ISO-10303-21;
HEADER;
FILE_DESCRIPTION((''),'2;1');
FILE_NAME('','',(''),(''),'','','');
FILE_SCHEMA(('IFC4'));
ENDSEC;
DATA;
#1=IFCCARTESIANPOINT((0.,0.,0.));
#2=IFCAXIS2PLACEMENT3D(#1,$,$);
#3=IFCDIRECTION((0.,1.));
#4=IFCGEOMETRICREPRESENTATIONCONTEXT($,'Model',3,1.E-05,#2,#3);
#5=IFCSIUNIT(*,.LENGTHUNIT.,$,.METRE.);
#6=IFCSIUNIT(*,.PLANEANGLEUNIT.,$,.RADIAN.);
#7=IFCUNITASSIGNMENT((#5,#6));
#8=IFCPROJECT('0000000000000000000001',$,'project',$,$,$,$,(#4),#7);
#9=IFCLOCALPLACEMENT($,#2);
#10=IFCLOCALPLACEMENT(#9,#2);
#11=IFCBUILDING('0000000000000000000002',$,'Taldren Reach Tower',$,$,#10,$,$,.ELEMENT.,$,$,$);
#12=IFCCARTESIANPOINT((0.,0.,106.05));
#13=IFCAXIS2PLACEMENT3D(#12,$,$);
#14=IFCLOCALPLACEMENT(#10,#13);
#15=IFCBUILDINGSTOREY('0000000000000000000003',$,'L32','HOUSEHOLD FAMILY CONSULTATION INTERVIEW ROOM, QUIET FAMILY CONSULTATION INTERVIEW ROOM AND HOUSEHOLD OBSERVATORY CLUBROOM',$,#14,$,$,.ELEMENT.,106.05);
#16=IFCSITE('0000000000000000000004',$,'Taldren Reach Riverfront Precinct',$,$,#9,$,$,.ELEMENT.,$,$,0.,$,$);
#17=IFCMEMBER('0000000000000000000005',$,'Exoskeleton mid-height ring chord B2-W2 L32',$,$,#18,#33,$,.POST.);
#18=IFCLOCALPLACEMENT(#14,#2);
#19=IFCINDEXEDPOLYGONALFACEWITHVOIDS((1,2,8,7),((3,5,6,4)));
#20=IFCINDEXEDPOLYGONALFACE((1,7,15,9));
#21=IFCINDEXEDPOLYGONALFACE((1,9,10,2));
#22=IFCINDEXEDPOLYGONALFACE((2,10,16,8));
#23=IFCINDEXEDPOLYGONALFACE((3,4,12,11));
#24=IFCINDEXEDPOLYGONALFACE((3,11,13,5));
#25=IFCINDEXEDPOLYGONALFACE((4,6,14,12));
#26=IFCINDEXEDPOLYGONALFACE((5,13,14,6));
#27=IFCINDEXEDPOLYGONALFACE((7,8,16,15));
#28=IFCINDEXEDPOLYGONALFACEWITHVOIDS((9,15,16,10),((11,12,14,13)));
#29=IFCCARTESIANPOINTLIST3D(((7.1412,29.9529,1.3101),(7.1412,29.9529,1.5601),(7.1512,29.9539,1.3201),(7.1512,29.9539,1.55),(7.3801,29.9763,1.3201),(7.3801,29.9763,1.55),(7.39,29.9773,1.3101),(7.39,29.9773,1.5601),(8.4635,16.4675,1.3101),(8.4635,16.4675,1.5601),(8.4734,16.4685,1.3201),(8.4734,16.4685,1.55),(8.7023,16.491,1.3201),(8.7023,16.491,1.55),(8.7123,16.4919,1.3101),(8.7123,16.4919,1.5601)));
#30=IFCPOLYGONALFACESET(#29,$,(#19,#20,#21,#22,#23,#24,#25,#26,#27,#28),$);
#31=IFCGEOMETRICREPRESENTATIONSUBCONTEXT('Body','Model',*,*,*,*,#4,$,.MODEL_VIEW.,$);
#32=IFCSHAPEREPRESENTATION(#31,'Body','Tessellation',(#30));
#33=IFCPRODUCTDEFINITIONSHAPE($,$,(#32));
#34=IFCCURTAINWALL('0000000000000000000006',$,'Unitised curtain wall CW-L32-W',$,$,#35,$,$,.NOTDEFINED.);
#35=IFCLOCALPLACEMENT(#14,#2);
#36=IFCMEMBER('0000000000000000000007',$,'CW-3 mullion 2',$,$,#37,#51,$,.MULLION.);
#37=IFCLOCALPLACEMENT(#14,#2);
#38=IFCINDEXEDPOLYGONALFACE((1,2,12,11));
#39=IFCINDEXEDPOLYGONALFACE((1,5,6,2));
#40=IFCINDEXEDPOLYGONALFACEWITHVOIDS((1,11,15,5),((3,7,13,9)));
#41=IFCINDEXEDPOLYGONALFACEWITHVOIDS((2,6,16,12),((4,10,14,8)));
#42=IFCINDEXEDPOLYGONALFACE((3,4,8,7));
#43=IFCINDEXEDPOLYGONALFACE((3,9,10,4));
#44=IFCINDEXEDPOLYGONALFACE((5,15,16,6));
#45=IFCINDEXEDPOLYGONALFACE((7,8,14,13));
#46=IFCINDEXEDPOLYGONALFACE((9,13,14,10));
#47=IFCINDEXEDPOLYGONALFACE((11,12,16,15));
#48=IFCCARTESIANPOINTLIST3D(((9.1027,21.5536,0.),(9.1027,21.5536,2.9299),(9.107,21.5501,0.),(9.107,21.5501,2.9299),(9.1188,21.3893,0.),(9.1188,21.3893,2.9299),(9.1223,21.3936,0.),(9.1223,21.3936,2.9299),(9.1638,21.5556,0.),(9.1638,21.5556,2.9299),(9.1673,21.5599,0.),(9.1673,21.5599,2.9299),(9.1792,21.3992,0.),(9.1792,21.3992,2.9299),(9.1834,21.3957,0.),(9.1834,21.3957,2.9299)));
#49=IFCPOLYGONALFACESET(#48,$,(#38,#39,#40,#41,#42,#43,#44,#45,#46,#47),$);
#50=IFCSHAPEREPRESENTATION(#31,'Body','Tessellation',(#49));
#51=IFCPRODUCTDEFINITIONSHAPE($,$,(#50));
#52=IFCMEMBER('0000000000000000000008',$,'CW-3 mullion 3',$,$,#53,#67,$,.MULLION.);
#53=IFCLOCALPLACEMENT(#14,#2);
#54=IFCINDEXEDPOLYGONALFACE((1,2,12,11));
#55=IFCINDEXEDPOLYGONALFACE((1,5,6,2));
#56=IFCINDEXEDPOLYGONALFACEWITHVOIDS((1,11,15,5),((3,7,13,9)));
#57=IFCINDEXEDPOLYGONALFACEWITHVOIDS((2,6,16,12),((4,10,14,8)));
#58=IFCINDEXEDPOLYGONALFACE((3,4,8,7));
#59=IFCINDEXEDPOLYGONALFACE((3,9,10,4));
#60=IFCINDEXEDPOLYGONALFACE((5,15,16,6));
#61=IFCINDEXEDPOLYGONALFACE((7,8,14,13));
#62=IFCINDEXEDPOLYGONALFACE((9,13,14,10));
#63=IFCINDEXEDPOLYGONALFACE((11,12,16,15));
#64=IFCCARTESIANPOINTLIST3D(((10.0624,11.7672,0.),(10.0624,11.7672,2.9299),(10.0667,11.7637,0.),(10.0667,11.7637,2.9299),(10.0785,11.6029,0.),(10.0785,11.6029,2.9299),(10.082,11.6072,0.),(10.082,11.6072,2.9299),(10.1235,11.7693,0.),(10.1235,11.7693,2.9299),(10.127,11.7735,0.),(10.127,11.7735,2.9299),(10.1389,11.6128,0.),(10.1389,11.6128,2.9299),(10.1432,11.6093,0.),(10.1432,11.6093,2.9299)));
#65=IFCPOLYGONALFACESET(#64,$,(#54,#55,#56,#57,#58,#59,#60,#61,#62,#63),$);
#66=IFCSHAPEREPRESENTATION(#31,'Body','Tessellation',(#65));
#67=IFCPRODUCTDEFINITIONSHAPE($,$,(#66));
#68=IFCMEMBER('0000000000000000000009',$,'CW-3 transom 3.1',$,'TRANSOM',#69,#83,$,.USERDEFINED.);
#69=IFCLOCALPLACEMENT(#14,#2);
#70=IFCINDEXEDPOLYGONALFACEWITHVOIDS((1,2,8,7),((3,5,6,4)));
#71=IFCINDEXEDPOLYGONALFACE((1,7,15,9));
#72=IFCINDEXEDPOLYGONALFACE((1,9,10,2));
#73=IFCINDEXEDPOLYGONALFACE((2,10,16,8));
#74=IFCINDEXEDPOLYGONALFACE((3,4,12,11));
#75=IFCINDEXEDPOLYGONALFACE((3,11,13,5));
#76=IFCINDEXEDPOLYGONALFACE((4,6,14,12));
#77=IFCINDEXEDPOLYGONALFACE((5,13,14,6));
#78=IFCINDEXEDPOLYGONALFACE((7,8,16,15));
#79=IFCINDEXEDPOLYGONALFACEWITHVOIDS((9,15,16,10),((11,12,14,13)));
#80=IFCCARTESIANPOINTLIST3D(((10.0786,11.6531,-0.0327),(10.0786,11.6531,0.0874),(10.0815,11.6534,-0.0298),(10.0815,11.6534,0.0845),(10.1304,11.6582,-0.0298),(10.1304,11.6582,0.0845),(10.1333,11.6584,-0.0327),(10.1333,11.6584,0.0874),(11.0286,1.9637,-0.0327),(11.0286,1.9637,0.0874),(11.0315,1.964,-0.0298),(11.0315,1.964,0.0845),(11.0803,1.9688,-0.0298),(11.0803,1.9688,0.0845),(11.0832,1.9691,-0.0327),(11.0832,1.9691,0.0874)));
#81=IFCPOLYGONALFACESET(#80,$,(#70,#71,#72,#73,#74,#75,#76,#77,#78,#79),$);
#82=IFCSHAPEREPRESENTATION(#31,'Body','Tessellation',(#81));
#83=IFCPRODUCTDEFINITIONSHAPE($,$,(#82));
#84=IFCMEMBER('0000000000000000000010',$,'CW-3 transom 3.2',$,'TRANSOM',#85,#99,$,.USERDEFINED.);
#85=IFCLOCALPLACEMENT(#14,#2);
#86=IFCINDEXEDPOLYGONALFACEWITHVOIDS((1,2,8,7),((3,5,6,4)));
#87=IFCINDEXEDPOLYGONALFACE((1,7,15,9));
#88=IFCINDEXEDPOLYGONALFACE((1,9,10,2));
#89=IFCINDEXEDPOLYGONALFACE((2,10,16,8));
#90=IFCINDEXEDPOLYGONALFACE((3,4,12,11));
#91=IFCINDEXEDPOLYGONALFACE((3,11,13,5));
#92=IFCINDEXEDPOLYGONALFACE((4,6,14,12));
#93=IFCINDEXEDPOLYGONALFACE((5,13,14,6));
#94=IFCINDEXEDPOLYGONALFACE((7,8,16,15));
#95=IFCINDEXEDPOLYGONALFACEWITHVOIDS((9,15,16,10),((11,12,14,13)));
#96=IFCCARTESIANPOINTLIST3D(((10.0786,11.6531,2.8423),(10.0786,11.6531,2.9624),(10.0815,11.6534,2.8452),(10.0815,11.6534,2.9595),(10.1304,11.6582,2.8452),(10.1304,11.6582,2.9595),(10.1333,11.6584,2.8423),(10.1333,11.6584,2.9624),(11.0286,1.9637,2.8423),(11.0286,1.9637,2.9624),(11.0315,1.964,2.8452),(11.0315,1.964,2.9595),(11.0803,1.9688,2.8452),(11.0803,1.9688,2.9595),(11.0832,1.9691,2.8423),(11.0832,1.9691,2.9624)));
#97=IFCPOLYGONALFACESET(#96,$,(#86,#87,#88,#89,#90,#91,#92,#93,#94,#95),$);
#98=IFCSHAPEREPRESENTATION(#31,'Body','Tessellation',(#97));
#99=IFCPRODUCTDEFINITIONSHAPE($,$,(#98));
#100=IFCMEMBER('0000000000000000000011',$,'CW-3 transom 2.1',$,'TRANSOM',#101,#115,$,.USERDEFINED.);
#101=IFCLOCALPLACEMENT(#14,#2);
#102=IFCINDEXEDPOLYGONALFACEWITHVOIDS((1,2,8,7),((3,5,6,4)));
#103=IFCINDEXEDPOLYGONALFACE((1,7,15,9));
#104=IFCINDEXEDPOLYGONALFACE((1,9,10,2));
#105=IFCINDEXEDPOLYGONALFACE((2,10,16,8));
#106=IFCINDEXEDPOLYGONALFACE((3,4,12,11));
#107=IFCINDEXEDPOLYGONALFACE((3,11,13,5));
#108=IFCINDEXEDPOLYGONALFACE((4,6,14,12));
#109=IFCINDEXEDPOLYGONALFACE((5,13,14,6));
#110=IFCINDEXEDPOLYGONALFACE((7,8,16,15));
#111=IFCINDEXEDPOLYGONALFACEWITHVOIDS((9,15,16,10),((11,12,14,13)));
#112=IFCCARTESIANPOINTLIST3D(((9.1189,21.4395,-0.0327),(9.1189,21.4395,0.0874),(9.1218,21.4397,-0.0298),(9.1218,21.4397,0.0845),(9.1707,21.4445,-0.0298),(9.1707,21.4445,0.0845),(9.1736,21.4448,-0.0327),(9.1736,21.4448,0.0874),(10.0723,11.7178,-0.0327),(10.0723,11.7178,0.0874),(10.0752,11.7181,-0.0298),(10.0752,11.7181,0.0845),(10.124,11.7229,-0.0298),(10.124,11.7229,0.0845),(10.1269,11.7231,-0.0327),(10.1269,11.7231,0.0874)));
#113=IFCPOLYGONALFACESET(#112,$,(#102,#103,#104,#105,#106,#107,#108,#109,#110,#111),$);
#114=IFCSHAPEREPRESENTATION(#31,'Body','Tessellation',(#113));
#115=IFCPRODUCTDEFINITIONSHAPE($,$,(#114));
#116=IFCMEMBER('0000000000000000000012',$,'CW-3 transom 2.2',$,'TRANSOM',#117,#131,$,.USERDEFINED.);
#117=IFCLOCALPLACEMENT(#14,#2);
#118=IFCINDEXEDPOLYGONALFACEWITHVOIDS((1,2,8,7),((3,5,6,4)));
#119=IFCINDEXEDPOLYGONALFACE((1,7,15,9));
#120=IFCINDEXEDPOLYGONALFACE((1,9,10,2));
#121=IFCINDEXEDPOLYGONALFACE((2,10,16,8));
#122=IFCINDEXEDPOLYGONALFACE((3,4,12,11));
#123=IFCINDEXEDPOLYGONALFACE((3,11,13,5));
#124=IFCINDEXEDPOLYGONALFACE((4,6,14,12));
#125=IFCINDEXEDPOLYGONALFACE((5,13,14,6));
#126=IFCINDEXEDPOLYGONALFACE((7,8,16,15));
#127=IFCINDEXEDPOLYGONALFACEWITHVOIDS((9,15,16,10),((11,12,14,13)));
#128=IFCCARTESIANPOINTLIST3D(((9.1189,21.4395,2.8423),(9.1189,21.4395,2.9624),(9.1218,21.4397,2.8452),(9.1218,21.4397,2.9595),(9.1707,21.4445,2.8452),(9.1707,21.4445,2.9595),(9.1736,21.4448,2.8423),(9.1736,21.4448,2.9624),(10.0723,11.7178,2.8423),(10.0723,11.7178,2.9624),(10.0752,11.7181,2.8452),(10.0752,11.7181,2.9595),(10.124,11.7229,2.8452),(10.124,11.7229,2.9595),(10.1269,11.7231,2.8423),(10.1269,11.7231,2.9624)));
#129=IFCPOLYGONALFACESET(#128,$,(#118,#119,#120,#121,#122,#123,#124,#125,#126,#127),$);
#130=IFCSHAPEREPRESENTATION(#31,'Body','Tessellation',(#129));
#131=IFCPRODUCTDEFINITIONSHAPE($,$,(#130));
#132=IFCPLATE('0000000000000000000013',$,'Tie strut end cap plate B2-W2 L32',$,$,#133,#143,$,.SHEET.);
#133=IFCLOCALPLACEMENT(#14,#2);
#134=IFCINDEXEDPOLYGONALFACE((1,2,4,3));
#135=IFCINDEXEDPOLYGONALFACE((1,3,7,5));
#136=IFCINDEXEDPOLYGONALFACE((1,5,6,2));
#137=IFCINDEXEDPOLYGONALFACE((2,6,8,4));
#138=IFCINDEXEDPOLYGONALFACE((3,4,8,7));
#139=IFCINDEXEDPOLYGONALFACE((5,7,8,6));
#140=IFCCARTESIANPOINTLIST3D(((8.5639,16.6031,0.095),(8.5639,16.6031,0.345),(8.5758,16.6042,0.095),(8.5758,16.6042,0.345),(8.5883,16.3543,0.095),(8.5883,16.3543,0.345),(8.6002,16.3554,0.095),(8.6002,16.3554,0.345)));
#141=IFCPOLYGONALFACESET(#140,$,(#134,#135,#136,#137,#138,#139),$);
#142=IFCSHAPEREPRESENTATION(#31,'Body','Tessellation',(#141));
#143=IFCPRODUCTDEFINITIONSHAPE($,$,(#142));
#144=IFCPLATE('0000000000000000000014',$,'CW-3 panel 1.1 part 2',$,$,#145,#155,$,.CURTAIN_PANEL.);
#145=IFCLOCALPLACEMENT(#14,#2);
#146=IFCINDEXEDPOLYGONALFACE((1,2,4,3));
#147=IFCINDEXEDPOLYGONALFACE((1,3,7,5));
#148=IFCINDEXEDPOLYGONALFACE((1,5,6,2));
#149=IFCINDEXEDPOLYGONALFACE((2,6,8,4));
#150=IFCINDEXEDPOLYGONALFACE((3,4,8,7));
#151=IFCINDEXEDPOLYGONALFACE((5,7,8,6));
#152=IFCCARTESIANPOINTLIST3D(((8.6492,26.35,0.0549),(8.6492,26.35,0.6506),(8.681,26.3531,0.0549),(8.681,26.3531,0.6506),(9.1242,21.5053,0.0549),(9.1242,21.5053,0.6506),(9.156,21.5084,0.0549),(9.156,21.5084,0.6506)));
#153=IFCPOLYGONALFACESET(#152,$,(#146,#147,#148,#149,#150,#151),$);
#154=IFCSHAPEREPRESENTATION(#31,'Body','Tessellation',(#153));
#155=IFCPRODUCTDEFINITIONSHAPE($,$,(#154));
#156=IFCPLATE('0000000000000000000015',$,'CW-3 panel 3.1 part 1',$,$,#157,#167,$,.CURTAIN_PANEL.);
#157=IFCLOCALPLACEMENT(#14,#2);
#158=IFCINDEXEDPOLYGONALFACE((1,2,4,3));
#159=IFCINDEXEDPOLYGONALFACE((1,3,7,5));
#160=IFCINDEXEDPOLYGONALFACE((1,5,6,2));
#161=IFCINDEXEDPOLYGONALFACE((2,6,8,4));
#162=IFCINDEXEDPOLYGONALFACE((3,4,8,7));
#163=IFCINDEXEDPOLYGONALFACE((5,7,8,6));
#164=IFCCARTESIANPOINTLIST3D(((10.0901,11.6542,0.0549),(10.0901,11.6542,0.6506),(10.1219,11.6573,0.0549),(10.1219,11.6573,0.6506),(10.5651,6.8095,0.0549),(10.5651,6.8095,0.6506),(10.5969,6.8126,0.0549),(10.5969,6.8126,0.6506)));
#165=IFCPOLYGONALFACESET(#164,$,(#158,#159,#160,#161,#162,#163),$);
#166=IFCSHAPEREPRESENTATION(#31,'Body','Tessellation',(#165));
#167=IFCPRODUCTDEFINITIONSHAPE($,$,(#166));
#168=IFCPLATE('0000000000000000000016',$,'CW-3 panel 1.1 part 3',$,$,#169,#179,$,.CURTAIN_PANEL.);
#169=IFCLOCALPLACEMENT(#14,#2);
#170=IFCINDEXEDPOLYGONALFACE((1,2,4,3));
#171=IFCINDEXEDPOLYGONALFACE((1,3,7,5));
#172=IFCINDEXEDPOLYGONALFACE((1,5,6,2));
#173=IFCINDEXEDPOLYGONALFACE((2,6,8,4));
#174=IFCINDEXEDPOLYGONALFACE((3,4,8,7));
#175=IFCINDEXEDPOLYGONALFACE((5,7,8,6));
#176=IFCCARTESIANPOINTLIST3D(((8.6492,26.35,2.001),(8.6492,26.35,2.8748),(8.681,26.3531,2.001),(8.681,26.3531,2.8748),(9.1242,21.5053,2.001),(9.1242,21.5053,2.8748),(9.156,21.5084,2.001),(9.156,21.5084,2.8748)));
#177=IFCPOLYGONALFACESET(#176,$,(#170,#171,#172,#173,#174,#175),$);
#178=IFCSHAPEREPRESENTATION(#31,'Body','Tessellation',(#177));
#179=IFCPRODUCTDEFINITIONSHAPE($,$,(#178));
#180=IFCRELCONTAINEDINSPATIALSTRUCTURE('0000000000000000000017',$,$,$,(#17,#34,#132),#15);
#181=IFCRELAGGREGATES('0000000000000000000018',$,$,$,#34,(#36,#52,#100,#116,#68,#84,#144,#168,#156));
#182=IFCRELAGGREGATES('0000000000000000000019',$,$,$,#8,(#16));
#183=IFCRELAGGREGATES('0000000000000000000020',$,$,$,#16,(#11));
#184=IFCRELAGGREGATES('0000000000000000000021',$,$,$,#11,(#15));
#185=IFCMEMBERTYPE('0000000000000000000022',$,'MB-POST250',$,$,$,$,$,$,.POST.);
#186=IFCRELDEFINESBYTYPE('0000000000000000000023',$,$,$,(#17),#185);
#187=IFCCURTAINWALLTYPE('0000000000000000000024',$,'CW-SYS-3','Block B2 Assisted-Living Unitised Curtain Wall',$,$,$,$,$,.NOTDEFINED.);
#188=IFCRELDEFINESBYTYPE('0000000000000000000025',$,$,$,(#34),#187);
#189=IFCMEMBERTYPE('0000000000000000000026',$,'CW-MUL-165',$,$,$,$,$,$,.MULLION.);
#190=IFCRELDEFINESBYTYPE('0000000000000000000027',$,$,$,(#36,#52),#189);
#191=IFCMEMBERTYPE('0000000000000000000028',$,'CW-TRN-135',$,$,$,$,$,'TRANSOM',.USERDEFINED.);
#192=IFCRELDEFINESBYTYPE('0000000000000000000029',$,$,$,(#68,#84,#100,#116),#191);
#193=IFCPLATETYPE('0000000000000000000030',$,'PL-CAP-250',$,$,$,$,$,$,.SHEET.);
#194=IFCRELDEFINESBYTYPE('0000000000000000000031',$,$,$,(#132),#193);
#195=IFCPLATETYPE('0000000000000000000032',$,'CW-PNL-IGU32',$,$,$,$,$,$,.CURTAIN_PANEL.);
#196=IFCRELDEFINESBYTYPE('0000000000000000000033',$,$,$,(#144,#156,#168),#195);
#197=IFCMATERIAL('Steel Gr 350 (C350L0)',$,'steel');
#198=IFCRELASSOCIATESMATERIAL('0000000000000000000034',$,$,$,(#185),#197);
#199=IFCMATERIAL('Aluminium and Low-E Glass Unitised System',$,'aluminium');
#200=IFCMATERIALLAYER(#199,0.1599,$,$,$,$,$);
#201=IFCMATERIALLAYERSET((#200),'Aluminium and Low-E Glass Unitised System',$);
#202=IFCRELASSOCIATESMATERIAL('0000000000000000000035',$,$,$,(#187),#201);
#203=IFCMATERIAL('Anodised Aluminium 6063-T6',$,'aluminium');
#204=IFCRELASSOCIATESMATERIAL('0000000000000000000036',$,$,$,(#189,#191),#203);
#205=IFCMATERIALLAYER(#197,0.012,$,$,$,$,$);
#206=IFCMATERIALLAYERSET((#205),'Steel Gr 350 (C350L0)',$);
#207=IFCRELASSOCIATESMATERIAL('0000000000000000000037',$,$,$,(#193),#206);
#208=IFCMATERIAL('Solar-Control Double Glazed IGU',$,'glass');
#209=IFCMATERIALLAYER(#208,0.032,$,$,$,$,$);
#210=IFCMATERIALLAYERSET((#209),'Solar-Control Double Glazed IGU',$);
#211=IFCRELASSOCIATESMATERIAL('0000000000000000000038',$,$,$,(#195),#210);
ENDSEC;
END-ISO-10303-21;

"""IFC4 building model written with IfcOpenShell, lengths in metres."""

from ifc_helpers import new_model, si_unit, direction, frame, origin, origin_2d, place, context, subcontext, project, spatial, rectangle, hollow_rectangle, extrude, source, transform, mapped, material, layer, layer_set, material_profile, profile_set, type_object, element, aggregate, save


model = new_model("IFC4")

# Units and contexts
model_context = context("Model", 3, precision=1e-05, world=origin(), true_north=direction((0.0, 1.0)))
body_context = subcontext(model_context, "Body", "Model", "MODEL_VIEW")
ifc_project = project(units=[si_unit("LENGTHUNIT", "METRE"), si_unit("PLANEANGLEUNIT", "RADIAN")], contexts=[model_context])

# Site, building, storey
site_placement = place(None, origin())
site = spatial("IfcSite", under=ifc_project, at=site_placement, Name="Taldren Reach Riverfront Precinct", CompositionType="ELEMENT", RefElevation=0.0)
building_placement = place(site_placement, origin())
building = spatial("IfcBuilding", under=site, at=building_placement, Name="Taldren Reach Tower", CompositionType="ELEMENT")
storey_placement = place(building_placement, frame((0.0, 0.0, 106.05)))
storey = spatial("IfcBuildingStorey", under=building, at=storey_placement, Name="L32", Description="HOUSEHOLD FAMILY CONSULTATION INTERVIEW ROOM, QUIET FAMILY CONSULTATION INTERVIEW ROOM AND HOUSEHOLD OBSERVATORY CLUBROOM", CompositionType="ELEMENT", Elevation=106.05)

# Member
ifc_material_1 = material(Name="Steel Gr 350 (C350L0)", Category="steel")
ifc_material_profile_1 = material_profile(ifc_material_1, hollow_rectangle(XDim=0.25, YDim=0.25, WallThickness=0.01, at=origin_2d()), Name="250x250x10.0SHS")
ifc_profile_set_1 = profile_set([ifc_material_profile_1], Name="Steel Gr 350 (C350L0)")
member_type_1 = type_object("IfcMemberType", Name="MB-POST250", PredefinedType="POST", material=ifc_profile_set_1)
shared_shape_1 = source(origin(), body_context, "Body", "SweptSolid", [
    extrude(hollow_rectangle(XDim=0.25, YDim=0.25, WallThickness=0.01, at=origin_2d()), origin(), (0.0, 0.0, 1.0), 13.55),
])
member_1_placement = place(storey_placement, frame((8.5879, 16.4797, 1.4351), z_axis=(-0.097584, 0.995227, 0.0), x_axis=(-0.995227, -0.097584, 0.0)))
element("IfcMember", 1, at=member_1_placement, inside=storey, type_object=member_type_1, Name="Exoskeleton mid-height ring chord B2-W2 L32", PredefinedType="POST", context=body_context, shape_type="MappedRepresentation", body=[
    mapped(shared_shape_1, transform((0.0, 0.0, 0.0), scale=1.0)),
])

# Curtain wall, members
ifc_material_2 = material(Name="Aluminium and Low-E Glass Unitised System", Category="aluminium")
ifc_layer_1 = layer(ifc_material_2, 0.1599)
ifc_layer_set_1 = layer_set([ifc_layer_1], Name="Aluminium and Low-E Glass Unitised System")
curtain_wall_type = type_object("IfcCurtainWallType", Name="CW-SYS-3", Description="Block B2 Assisted-Living Unitised Curtain Wall", PredefinedType="NOTDEFINED", material=ifc_layer_set_1)
curtain_wall_placement = place(storey_placement, origin())
curtain_wall = element("IfcCurtainWall", 2, at=curtain_wall_placement, inside=storey, type_object=curtain_wall_type, Name="Unitised curtain wall CW-L32-W", PredefinedType="NOTDEFINED")
ifc_material_3 = material(Name="Anodised Aluminium 6063-T6", Category="aluminium")
ifc_material_profile_2 = material_profile(ifc_material_3, hollow_rectangle(XDim=0.0649, YDim=0.165, WallThickness=0.0039, at=origin_2d()), Name="ALU-165x65x4RHS")
ifc_profile_set_2 = profile_set([ifc_material_profile_2], Name="Anodised Aluminium 6063-T6")
member_type_2 = type_object("IfcMemberType", Name="CW-MUL-165", PredefinedType="MULLION", material=ifc_profile_set_2)
shared_shape_2 = source(origin(), body_context, "Body", "SweptSolid", [
    extrude(hollow_rectangle(XDim=0.0649, YDim=0.165, WallThickness=0.0039, at=origin_2d()), origin(), (0.0, 0.0, 1.0), 2.9299),
])
member_2_placement = place(storey_placement, frame((9.1431, 21.4746, 0.0), z_axis=(0.0, 0.0, 1.0), x_axis=(0.995227, 0.097583, 0.0)))
member_2 = element("IfcMember", 3, at=member_2_placement, type_object=member_type_2, Name="CW-3 mullion 2", PredefinedType="MULLION", context=body_context, shape_type="MappedRepresentation", body=[
    mapped(shared_shape_2, transform((0.0, 0.0, 0.0), scale=1.0)),
])
member_3_placement = place(storey_placement, frame((10.1028, 11.6882, 0.0), z_axis=(0.0, 0.0, 1.0), x_axis=(0.995227, 0.097583, 0.0)))
member_3 = element("IfcMember", 4, at=member_3_placement, type_object=member_type_2, Name="CW-3 mullion 3", PredefinedType="MULLION", context=body_context, shape_type="MappedRepresentation", body=[
    mapped(shared_shape_2, transform((0.0, 0.0, 0.0), scale=1.0)),
])
ifc_material_profile_3 = material_profile(ifc_material_3, hollow_rectangle(XDim=0.0549, YDim=0.1201, WallThickness=0.0029, at=origin_2d()), Name="ALU-120x55x3RHS")
ifc_profile_set_3 = profile_set([ifc_material_profile_3], Name="Anodised Aluminium 6063-T6")
member_type_3 = type_object("IfcMemberType", Name="CW-TRN-135", ElementType="TRANSOM", PredefinedType="USERDEFINED", material=ifc_profile_set_3)
shared_shape_3 = source(origin(), body_context, "Body", "SweptSolid", [
    extrude(hollow_rectangle(XDim=0.0549, YDim=0.1201, WallThickness=0.0029, at=origin_2d()), origin(), (0.0, 0.0, 1.0), 9.7358),
])
member_4_placement = place(storey_placement, frame((10.106, 11.6558, 0.0273), z_axis=(0.097572, -0.995228, 0.0), x_axis=(0.995228, 0.097572, 0.0)))
member_4 = element("IfcMember", 5, at=member_4_placement, type_object=member_type_3, Name="CW-3 transom 3.1", ObjectType="TRANSOM", PredefinedType="USERDEFINED", context=body_context, shape_type="MappedRepresentation", body=[
    mapped(shared_shape_3, transform((0.0, 0.0, 0.0), scale=1.0)),
])
member_5_placement = place(storey_placement, frame((10.106, 11.6558, 2.9023), z_axis=(0.097572, -0.995228, 0.0), x_axis=(0.995228, 0.097572, 0.0)))
member_5 = element("IfcMember", 6, at=member_5_placement, type_object=member_type_3, Name="CW-3 transom 3.2", ObjectType="TRANSOM", PredefinedType="USERDEFINED", context=body_context, shape_type="MappedRepresentation", body=[
    mapped(shared_shape_3, transform((0.0, 0.0, 0.0), scale=1.0)),
])
shared_shape_4 = source(origin(), body_context, "Body", "SweptSolid", [
    extrude(hollow_rectangle(XDim=0.0549, YDim=0.1201, WallThickness=0.0029, at=origin_2d()), origin(), (0.0, 0.0, 1.0), 9.7683),
])
member_6_placement = place(storey_placement, frame((9.1462, 21.4421, 0.0273), z_axis=(0.097598, -0.995226, 0.0), x_axis=(0.995226, 0.097598, 0.0)))
member_6 = element("IfcMember", 7, at=member_6_placement, type_object=member_type_3, Name="CW-3 transom 2.1", ObjectType="TRANSOM", PredefinedType="USERDEFINED", context=body_context, shape_type="MappedRepresentation", body=[
    mapped(shared_shape_4, transform((0.0, 0.0, 0.0), scale=1.0)),
])
member_7_placement = place(storey_placement, frame((9.1462, 21.4421, 2.9023), z_axis=(0.097598, -0.995226, 0.0), x_axis=(0.995226, 0.097598, 0.0)))
member_7 = element("IfcMember", 8, at=member_7_placement, type_object=member_type_3, Name="CW-3 transom 2.2", ObjectType="TRANSOM", PredefinedType="USERDEFINED", context=body_context, shape_type="MappedRepresentation", body=[
    mapped(shared_shape_4, transform((0.0, 0.0, 0.0), scale=1.0)),
])

# Plates
ifc_layer_2 = layer(ifc_material_1, 0.012)
ifc_layer_set_2 = layer_set([ifc_layer_2], Name="Steel Gr 350 (C350L0)")
plate_type_1 = type_object("IfcPlateType", Name="PL-CAP-250", PredefinedType="SHEET", material=ifc_layer_set_2)
shared_shape_5 = source(origin(), body_context, "Body", "SweptSolid", [
    extrude(rectangle(XDim=0.012, YDim=0.25, at=origin_2d()), origin(), (0.0, 0.0, 1.0), 0.25),
])
plate_1_placement = place(storey_placement, frame((8.582, 16.4792, 0.095), z_axis=(0.0, 0.0, 1.0), x_axis=(0.995227, 0.097583, 0.0)))
element("IfcPlate", 9, at=plate_1_placement, inside=storey, type_object=plate_type_1, Name="Tie strut end cap plate B2-W2 L32", PredefinedType="SHEET", context=body_context, shape_type="MappedRepresentation", body=[
    mapped(shared_shape_5, transform((0.0, 0.0, 0.0), scale=1.0)),
])
ifc_material_4 = material(Name="Solar-Control Double Glazed IGU", Category="glass")
ifc_layer_3 = layer(ifc_material_4, 0.032)
ifc_layer_set_3 = layer_set([ifc_layer_3], Name="Solar-Control Double Glazed IGU")
plate_type_2 = type_object("IfcPlateType", Name="CW-PNL-IGU32", PredefinedType="CURTAIN_PANEL", material=ifc_layer_set_3)
shared_shape_6 = source(origin(), body_context, "Body", "SweptSolid", [
    extrude(rectangle(XDim=4.8679, YDim=0.032, at=origin_2d()), origin(), (0.0, 0.0, 1.0), 0.5957),
])
plate_2_placement = place(storey_placement, frame((8.9026, 23.9292, 0.0549), z_axis=(0.0, 0.0, 1.0), x_axis=(0.097583, -0.995227, 0.0)))
plate_2 = element("IfcPlate", 10, at=plate_2_placement, type_object=plate_type_2, Name="CW-3 panel 1.1 part 2", PredefinedType="CURTAIN_PANEL", context=body_context, shape_type="MappedRepresentation", body=[
    mapped(shared_shape_6, transform((0.0, 0.0, 0.0), scale=1.0)),
])
plate_3_placement = place(storey_placement, frame((10.3435, 9.2334, 0.0549), z_axis=(0.0, 0.0, 1.0), x_axis=(0.097583, -0.995227, 0.0)))
plate_3 = element("IfcPlate", 11, at=plate_3_placement, type_object=plate_type_2, Name="CW-3 panel 3.1 part 1", PredefinedType="CURTAIN_PANEL", context=body_context, shape_type="MappedRepresentation", body=[
    mapped(shared_shape_6, transform((0.0, 0.0, 0.0), scale=1.0)),
])
shared_shape_7 = source(origin(), body_context, "Body", "SweptSolid", [
    extrude(rectangle(XDim=4.8679, YDim=0.032, at=origin_2d()), origin(), (0.0, 0.0, 1.0), 0.8738),
])
plate_4_placement = place(storey_placement, frame((8.9026, 23.9292, 2.001), z_axis=(0.0, 0.0, 1.0), x_axis=(0.097583, -0.995227, 0.0)))
plate_4 = element("IfcPlate", 12, at=plate_4_placement, type_object=plate_type_2, Name="CW-3 panel 1.1 part 3", PredefinedType="CURTAIN_PANEL", context=body_context, shape_type="MappedRepresentation", body=[
    mapped(shared_shape_7, transform((0.0, 0.0, 0.0), scale=1.0)),
])
aggregate(curtain_wall, [member_2, member_3, member_6, member_7, member_4, member_5, plate_2, plate_4, plate_3])

save(model, "model.ifc")
